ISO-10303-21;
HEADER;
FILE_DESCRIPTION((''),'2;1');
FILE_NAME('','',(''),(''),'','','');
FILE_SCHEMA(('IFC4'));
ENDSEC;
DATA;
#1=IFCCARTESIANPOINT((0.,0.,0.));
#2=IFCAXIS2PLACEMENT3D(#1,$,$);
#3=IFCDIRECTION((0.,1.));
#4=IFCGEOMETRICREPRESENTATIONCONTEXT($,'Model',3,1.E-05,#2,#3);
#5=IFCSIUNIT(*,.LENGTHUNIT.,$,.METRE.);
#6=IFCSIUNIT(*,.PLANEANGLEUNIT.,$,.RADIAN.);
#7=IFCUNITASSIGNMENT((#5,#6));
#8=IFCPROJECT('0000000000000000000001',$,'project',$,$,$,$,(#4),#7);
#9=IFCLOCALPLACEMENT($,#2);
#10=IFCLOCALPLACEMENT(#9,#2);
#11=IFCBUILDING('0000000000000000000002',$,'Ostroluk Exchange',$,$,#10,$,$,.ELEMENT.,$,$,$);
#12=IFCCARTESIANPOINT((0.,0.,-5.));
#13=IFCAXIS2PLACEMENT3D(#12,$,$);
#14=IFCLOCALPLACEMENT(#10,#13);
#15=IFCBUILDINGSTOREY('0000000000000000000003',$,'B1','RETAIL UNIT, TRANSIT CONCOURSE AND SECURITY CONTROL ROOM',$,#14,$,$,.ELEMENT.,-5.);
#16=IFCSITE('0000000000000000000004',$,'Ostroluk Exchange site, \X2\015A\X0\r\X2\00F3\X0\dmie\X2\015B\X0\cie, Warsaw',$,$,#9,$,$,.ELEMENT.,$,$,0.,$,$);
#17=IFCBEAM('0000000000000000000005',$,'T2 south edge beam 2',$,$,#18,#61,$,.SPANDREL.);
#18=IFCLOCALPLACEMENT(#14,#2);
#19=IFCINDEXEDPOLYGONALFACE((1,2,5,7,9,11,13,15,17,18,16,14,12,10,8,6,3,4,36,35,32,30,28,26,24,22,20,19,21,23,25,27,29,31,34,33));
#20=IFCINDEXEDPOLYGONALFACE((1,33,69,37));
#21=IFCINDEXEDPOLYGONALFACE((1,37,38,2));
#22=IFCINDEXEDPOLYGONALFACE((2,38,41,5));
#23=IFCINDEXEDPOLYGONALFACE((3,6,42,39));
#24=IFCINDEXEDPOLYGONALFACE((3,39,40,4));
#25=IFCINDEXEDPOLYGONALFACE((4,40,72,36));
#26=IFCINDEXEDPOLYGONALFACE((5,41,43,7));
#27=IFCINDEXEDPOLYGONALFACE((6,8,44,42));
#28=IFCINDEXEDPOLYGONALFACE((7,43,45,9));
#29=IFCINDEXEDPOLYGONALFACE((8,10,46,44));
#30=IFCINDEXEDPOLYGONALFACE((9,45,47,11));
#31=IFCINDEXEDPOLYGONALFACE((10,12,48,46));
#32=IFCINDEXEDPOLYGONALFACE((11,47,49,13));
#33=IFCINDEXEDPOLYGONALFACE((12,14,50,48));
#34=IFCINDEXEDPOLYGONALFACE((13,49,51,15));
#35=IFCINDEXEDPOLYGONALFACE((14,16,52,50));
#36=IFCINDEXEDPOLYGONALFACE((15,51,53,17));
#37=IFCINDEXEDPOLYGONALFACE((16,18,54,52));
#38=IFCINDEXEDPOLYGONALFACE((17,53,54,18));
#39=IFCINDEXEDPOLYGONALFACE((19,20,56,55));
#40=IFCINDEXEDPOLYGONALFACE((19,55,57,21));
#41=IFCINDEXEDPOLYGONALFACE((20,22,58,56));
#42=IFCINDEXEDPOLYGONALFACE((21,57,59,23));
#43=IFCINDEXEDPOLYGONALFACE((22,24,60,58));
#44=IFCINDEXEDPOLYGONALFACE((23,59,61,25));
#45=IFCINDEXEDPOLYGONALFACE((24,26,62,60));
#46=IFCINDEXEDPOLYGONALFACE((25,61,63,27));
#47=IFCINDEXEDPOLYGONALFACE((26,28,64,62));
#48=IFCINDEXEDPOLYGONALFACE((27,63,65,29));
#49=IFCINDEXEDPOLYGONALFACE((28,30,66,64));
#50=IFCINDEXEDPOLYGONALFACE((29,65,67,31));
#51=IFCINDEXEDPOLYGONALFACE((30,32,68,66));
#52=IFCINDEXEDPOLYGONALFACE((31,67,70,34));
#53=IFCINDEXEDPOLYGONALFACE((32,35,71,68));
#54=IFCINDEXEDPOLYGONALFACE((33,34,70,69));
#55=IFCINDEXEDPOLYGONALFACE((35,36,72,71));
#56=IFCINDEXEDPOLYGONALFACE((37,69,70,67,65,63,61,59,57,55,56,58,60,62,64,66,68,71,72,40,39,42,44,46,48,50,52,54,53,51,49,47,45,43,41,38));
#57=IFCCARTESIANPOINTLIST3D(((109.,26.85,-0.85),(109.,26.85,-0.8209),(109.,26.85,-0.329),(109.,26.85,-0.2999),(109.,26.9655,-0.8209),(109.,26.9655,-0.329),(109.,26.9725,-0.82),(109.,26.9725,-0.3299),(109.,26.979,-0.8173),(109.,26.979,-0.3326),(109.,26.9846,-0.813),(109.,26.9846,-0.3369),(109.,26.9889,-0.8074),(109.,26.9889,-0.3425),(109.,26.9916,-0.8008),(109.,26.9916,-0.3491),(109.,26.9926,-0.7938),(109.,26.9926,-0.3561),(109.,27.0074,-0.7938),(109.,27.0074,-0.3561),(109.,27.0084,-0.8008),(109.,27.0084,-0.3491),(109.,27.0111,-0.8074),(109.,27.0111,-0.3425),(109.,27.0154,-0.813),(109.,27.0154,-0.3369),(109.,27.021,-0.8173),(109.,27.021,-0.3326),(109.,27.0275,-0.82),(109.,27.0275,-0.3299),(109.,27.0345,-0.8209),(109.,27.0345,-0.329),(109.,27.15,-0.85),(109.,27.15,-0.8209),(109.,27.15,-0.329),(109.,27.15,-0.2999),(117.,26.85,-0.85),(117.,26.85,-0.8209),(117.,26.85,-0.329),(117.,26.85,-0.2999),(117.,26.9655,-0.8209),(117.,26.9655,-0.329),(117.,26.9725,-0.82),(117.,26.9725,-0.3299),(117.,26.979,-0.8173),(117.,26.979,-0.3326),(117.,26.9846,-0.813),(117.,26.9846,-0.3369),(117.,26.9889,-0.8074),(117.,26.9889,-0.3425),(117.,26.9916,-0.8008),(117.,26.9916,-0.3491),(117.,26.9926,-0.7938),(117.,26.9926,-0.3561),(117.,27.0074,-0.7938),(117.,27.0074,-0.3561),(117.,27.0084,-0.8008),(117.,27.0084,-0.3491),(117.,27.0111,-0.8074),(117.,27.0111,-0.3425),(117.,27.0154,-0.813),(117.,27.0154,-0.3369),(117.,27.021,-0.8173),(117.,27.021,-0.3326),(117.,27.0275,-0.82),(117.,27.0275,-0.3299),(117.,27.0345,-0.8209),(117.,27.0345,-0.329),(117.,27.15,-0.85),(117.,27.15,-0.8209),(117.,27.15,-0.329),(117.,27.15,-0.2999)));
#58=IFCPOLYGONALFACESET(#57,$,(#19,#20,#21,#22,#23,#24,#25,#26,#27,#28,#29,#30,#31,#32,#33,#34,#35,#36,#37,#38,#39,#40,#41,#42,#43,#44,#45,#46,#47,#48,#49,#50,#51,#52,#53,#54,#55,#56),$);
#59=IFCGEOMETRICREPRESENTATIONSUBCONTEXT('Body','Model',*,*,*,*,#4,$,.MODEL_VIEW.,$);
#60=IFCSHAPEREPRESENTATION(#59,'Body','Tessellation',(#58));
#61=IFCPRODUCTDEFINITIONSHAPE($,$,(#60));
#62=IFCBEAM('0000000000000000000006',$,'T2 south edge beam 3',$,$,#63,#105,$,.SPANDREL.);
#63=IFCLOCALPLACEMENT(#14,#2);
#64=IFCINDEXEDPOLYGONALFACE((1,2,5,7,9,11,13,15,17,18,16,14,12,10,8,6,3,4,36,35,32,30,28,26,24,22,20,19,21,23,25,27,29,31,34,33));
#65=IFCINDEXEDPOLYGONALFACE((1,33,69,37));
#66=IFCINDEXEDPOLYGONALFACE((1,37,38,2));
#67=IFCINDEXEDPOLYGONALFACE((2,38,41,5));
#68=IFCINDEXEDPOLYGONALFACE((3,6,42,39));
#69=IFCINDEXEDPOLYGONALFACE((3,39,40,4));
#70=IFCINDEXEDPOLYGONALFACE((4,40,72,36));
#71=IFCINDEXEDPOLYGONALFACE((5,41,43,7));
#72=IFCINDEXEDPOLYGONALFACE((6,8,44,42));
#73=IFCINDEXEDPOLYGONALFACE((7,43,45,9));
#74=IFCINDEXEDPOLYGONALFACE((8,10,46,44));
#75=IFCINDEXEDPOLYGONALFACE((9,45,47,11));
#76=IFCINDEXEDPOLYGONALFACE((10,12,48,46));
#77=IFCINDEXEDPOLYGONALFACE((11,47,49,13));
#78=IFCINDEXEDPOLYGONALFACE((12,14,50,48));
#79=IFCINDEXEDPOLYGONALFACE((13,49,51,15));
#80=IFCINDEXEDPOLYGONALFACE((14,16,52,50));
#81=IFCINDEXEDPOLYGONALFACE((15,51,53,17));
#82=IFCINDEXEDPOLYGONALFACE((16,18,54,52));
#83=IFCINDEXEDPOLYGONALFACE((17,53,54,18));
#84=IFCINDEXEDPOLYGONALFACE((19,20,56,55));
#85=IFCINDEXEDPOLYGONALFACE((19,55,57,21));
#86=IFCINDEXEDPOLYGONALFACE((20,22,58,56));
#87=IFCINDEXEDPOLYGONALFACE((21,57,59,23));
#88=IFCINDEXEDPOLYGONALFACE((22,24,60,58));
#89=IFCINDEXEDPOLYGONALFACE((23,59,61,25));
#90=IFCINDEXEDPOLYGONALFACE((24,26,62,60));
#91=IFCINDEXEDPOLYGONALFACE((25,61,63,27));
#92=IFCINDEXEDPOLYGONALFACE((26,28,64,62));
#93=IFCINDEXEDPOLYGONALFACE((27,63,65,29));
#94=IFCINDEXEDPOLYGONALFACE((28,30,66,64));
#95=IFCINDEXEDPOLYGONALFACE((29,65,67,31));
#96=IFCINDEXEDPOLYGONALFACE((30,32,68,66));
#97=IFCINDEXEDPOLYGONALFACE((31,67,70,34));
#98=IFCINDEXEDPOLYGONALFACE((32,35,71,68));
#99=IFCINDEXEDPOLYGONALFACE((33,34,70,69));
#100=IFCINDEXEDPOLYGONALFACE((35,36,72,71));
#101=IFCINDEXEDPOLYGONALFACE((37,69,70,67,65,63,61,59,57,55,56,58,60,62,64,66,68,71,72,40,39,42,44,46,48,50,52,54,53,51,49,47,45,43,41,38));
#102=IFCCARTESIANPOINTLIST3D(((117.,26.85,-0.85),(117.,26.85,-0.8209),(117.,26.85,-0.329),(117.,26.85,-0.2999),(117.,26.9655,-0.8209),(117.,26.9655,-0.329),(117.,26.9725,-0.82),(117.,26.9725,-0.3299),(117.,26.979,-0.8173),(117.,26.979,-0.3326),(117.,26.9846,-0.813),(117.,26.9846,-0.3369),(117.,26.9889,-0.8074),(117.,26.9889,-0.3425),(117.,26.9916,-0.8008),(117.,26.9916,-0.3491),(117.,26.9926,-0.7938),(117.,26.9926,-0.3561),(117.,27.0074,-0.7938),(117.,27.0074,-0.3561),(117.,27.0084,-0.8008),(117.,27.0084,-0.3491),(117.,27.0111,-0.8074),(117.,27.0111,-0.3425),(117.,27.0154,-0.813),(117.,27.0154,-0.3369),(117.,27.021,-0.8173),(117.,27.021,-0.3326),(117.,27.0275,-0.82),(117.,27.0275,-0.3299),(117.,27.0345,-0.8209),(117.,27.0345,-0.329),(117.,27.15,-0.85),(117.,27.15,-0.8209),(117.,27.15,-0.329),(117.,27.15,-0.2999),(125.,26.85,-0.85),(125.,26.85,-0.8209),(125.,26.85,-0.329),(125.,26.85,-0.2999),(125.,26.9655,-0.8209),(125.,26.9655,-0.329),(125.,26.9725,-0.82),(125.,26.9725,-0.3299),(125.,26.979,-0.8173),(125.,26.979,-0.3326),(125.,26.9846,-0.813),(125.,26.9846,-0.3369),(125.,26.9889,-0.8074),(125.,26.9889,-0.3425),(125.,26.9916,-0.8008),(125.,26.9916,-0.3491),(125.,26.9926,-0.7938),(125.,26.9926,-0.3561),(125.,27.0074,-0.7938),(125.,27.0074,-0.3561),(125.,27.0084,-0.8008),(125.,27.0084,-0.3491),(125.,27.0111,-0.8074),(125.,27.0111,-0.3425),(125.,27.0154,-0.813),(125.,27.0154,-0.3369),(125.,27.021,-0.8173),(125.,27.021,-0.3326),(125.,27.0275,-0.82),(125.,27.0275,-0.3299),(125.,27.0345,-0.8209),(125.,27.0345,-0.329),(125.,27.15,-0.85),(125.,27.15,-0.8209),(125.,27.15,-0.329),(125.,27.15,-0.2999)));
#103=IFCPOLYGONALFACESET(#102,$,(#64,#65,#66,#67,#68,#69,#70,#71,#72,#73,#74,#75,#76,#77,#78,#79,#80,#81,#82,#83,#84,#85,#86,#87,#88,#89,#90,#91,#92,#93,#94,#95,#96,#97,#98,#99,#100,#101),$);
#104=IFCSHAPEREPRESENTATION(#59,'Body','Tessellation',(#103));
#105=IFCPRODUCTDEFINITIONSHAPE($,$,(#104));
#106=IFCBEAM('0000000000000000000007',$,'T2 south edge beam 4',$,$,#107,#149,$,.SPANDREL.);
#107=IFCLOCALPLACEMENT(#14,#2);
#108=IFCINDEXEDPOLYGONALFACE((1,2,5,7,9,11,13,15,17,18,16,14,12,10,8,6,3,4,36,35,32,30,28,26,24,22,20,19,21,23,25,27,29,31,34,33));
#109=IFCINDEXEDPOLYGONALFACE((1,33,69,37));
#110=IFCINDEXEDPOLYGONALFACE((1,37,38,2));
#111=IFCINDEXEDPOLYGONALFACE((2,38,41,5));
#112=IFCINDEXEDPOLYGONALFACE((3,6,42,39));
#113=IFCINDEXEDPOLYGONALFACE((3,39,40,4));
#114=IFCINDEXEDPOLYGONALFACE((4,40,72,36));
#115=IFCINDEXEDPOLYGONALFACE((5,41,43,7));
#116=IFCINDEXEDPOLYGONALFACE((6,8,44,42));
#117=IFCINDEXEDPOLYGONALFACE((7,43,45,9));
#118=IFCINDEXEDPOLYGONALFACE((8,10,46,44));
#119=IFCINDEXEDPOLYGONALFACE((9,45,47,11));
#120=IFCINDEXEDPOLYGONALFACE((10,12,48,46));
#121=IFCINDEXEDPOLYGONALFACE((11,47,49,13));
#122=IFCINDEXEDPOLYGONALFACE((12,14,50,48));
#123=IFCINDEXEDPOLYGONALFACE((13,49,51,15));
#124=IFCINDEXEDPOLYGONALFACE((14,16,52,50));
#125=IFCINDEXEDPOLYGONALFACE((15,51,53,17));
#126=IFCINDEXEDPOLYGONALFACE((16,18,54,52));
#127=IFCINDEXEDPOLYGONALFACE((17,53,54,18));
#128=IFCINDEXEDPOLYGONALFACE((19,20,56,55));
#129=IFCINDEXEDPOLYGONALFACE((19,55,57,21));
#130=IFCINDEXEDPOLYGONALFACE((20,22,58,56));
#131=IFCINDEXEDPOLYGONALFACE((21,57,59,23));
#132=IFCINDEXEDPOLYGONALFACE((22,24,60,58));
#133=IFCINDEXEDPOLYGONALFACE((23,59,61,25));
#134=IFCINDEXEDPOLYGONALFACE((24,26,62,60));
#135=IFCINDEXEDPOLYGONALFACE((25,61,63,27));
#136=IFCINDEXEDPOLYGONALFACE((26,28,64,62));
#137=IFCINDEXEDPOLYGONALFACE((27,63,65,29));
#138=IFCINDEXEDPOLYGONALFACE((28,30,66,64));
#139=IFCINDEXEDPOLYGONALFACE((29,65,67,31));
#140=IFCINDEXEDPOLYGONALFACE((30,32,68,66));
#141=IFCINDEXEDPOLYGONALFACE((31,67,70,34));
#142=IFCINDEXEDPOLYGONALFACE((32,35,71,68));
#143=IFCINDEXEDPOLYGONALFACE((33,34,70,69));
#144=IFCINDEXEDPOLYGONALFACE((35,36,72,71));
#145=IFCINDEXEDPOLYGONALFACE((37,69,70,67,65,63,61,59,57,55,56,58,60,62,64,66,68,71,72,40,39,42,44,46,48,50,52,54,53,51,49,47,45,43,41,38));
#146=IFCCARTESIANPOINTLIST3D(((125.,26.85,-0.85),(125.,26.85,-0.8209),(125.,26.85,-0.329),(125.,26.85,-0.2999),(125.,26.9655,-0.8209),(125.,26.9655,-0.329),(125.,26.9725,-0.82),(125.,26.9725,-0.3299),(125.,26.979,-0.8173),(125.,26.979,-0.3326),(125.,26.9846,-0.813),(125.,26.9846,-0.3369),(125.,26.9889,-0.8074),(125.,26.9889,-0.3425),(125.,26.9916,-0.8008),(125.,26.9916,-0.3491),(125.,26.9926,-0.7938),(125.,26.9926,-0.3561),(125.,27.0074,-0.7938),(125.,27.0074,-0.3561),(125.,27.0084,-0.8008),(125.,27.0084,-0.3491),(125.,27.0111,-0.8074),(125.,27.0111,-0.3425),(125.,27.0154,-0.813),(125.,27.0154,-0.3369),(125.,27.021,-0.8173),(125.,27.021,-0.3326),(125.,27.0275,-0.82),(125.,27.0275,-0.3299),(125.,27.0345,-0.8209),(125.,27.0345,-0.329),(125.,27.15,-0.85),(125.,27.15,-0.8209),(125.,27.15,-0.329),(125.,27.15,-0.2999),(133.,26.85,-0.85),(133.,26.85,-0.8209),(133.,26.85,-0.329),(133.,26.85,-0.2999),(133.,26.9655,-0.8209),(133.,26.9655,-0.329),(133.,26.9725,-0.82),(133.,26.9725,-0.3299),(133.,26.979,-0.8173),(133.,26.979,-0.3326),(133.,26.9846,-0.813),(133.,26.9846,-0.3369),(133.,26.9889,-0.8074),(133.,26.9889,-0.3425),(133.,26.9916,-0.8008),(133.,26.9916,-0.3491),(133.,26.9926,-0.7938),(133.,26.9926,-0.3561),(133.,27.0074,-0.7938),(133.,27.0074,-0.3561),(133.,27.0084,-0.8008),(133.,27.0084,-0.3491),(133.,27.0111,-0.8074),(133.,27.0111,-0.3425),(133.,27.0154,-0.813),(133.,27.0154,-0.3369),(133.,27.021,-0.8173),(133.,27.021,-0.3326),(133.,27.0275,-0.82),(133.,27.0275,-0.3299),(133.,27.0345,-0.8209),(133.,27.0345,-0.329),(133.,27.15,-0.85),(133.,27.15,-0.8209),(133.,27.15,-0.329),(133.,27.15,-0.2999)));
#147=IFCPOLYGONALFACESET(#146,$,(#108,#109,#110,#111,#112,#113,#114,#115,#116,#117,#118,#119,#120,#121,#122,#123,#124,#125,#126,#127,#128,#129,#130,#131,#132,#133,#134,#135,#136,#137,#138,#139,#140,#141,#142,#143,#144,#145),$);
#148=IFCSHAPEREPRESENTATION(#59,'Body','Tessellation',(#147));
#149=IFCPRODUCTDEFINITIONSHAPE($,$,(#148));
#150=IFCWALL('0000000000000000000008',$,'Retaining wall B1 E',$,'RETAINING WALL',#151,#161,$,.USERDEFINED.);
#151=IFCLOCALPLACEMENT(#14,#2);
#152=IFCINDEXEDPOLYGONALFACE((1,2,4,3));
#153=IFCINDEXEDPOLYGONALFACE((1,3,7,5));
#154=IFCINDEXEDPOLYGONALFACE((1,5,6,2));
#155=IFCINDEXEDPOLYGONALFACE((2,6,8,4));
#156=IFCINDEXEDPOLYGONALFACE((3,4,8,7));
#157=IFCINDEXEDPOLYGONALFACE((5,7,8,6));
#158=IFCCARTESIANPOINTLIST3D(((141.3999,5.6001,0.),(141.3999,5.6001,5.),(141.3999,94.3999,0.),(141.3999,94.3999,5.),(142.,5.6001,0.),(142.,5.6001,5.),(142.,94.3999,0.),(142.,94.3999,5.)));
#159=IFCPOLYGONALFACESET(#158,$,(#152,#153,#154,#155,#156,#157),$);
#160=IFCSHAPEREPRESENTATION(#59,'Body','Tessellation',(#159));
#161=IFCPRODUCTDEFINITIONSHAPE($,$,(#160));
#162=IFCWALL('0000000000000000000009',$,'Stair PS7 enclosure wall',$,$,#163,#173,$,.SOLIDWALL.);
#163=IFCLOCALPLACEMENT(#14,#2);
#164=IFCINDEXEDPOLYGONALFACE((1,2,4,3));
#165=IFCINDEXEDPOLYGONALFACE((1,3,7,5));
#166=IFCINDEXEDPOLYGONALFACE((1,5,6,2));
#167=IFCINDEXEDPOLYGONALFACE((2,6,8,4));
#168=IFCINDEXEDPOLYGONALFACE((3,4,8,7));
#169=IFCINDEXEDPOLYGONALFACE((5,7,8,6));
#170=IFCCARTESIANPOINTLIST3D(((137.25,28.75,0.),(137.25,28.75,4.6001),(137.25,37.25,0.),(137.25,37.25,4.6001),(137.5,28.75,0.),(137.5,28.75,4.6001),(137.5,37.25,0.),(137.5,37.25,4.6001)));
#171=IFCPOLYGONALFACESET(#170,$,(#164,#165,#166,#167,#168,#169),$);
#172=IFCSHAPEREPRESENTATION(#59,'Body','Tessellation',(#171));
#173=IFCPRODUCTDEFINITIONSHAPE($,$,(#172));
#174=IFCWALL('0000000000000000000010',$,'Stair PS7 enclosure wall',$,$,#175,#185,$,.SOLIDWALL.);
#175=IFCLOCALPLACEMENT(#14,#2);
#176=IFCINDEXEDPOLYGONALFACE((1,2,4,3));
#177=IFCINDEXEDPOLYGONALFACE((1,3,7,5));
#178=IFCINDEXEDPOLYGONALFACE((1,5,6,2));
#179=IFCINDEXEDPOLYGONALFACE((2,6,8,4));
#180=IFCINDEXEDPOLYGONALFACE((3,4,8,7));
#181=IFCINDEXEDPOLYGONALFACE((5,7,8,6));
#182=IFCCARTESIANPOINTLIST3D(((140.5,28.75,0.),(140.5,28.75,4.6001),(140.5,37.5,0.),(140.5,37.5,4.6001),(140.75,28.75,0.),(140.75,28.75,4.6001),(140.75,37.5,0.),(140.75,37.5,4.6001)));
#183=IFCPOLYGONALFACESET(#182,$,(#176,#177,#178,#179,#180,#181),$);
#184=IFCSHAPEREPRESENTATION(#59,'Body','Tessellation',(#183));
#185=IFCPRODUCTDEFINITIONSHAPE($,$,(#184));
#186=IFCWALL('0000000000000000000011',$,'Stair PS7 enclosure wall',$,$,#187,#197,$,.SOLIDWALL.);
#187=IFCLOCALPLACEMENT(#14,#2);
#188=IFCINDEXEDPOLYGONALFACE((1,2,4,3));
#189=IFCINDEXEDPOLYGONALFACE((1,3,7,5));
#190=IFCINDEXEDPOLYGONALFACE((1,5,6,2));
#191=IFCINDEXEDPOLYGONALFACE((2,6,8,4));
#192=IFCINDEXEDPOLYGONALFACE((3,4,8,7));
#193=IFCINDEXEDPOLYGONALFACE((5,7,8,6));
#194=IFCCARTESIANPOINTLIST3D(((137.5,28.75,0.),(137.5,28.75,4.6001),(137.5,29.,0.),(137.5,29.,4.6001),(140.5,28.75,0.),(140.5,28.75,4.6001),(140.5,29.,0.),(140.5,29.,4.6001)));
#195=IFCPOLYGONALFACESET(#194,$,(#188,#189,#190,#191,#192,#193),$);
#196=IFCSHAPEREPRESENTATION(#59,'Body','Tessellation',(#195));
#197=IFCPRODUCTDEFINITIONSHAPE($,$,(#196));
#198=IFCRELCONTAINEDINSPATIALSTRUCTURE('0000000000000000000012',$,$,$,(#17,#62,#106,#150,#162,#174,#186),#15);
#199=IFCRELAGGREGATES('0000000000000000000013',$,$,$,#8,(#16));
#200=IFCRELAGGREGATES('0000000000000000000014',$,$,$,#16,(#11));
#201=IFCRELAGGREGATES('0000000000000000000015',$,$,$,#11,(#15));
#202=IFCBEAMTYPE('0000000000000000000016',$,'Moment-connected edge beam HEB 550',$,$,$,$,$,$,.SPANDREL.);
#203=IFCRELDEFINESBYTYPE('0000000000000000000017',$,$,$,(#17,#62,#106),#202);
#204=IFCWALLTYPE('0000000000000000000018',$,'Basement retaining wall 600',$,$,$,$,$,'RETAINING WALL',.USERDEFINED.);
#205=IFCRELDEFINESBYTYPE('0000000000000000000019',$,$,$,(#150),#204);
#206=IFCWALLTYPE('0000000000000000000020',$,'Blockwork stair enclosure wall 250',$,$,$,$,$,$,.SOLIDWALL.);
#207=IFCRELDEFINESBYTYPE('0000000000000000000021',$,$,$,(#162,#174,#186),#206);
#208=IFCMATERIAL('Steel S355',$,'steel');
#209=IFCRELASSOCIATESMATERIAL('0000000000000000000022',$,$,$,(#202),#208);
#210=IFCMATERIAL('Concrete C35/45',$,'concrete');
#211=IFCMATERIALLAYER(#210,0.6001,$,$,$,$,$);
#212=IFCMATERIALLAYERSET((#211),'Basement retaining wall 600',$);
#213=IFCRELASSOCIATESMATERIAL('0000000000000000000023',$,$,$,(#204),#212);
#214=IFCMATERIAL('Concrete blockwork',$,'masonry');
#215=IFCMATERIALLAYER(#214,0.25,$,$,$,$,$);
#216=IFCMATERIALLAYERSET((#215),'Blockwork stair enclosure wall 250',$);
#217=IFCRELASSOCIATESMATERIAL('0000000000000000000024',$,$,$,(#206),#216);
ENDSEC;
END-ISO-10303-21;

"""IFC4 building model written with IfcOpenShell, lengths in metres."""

from ifc_helpers import new_model, si_unit, direction, frame, frame_2d, origin, origin_2d, place, context, subcontext, project, spatial, rectangle, i_section, extrude, material, layer, layer_set, material_profile, profile_set, type_object, element, save


model = new_model("IFC4")

# Units and contexts
model_context = context("Model", 3, precision=1e-05, world=origin(), true_north=direction((0.0, 1.0)))
body_context = subcontext(model_context, "Body", "Model", "MODEL_VIEW")
ifc_project = project(units=[si_unit("LENGTHUNIT", "METRE"), si_unit("PLANEANGLEUNIT", "RADIAN")], contexts=[model_context])

# Site, building, storey
site_placement = place(None, origin())
site = spatial("IfcSite", under=ifc_project, at=site_placement, Name="Ostroluk Exchange site, Śródmieście, Warsaw", CompositionType="ELEMENT", RefElevation=0.0)
building_placement = place(site_placement, origin())
building = spatial("IfcBuilding", under=site, at=building_placement, Name="Ostroluk Exchange", CompositionType="ELEMENT")
storey_placement = place(building_placement, frame((0.0, 0.0, -5.0)))
storey = spatial("IfcBuildingStorey", under=building, at=storey_placement, Name="B1", Description="RETAIL UNIT, TRANSIT CONCOURSE AND SECURITY CONTROL ROOM", CompositionType="ELEMENT", Elevation=-5.0)

# Beams
ifc_material_1 = material(Name="Steel S355", Category="steel")
ifc_material_profile_1 = material_profile(ifc_material_1, i_section(OverallWidth=0.3, OverallDepth=0.55, WebThickness=0.0149, FlangeThickness=0.0291, FilletRadius=0.0271, at=origin_2d()), Name="HEB 550")
ifc_profile_set_1 = profile_set([ifc_material_profile_1], Name="Steel S355")
beam_type_1 = type_object("IfcBeamType", Name="Moment-connected edge beam HEB 550", PredefinedType="SPANDREL", material=ifc_profile_set_1)
for number, where, z_axis, x_axis, name in (
    (1, (109.0, 27.0, -0.575), (1.0, 0.0, 0.0), (0.0, 1.0, 0.0), "T2 south edge beam 2"),
    (2, (117.0, 27.0, -0.575), (1.0, 0.0, 0.0), (0.0, 1.0, 0.0), "T2 south edge beam 3"),
    (3, (125.0, 27.0, -0.575), (1.0, 0.0, 0.0), (0.0, 1.0, 0.0), "T2 south edge beam 4"),
):
    element("IfcBeam", number, at=place(storey_placement, frame(where, z_axis=z_axis, x_axis=x_axis)), inside=storey, type_object=beam_type_1, Name=name, PredefinedType="SPANDREL", context=body_context, shape_type="SweptSolid", body=[
        extrude(i_section(OverallWidth=0.3, OverallDepth=0.55, WebThickness=0.0149, FlangeThickness=0.0291, FilletRadius=0.0271, at=origin_2d()), origin(), (0.0, 0.0, 1.0), 8.0),
    ])

# Walls
ifc_material_2 = material(Name="Concrete C35/45", Category="concrete")
ifc_layer_1 = layer(ifc_material_2, 0.6001)
ifc_layer_set_1 = layer_set([ifc_layer_1], Name="Basement retaining wall 600")
wall_type_1 = type_object("IfcWallType", Name="Basement retaining wall 600", ElementType="RETAINING WALL", PredefinedType="USERDEFINED", material=ifc_layer_set_1)
wall_1_placement = place(storey_placement, frame((141.7, 5.6001, 0.0), z_axis=(0.0, 0.0, 1.0), x_axis=(0.0, 1.0, 0.0)))
element("IfcWall", 4, at=wall_1_placement, inside=storey, type_object=wall_type_1, Name="Retaining wall B1 E", ObjectType="RETAINING WALL", PredefinedType="USERDEFINED", context=body_context, shape_type="SweptSolid", body=[
    extrude(rectangle(XDim=88.7998, YDim=0.6001, at=frame_2d((44.3999, 0.0))), origin(), (0.0, 0.0, 1.0), 5.0),
])
ifc_material_3 = material(Name="Concrete blockwork", Category="masonry")
ifc_layer_2 = layer(ifc_material_3, 0.25)
ifc_layer_set_2 = layer_set([ifc_layer_2], Name="Blockwork stair enclosure wall 250")
wall_type_2 = type_object("IfcWallType", Name="Blockwork stair enclosure wall 250", PredefinedType="SOLIDWALL", material=ifc_layer_set_2)
wall_2_placement = place(storey_placement, frame((137.375, 28.75, 0.0), z_axis=(0.0, 0.0, 1.0), x_axis=(0.0, 1.0, 0.0)))
element("IfcWall", 5, at=wall_2_placement, inside=storey, type_object=wall_type_2, Name="Stair PS7 enclosure wall", PredefinedType="SOLIDWALL", context=body_context, shape_type="SweptSolid", body=[
    extrude(rectangle(XDim=8.5, YDim=0.25, at=frame_2d((4.25, 0.0))), origin(), (0.0, 0.0, 1.0), 4.6001),
])
wall_3_placement = place(storey_placement, frame((140.625, 28.75, 0.0), z_axis=(0.0, 0.0, 1.0), x_axis=(0.0, 1.0, 0.0)))
element("IfcWall", 6, at=wall_3_placement, inside=storey, type_object=wall_type_2, Name="Stair PS7 enclosure wall", PredefinedType="SOLIDWALL", context=body_context, shape_type="SweptSolid", body=[
    extrude(rectangle(XDim=8.75, YDim=0.25, at=frame_2d((4.375, 0.0))), origin(), (0.0, 0.0, 1.0), 4.6001),
])
wall_4_placement = place(storey_placement, frame((137.5, 28.875, 0.0), z_axis=(0.0, 0.0, 1.0), x_axis=(1.0, 0.0, 0.0)))
element("IfcWall", 7, at=wall_4_placement, inside=storey, type_object=wall_type_2, Name="Stair PS7 enclosure wall", PredefinedType="SOLIDWALL", context=body_context, shape_type="SweptSolid", body=[
    extrude(rectangle(XDim=3.0, YDim=0.25, at=frame_2d((1.5, 0.0))), origin(), (0.0, 0.0, 1.0), 4.6001),
])

save(model, "model.ifc")
